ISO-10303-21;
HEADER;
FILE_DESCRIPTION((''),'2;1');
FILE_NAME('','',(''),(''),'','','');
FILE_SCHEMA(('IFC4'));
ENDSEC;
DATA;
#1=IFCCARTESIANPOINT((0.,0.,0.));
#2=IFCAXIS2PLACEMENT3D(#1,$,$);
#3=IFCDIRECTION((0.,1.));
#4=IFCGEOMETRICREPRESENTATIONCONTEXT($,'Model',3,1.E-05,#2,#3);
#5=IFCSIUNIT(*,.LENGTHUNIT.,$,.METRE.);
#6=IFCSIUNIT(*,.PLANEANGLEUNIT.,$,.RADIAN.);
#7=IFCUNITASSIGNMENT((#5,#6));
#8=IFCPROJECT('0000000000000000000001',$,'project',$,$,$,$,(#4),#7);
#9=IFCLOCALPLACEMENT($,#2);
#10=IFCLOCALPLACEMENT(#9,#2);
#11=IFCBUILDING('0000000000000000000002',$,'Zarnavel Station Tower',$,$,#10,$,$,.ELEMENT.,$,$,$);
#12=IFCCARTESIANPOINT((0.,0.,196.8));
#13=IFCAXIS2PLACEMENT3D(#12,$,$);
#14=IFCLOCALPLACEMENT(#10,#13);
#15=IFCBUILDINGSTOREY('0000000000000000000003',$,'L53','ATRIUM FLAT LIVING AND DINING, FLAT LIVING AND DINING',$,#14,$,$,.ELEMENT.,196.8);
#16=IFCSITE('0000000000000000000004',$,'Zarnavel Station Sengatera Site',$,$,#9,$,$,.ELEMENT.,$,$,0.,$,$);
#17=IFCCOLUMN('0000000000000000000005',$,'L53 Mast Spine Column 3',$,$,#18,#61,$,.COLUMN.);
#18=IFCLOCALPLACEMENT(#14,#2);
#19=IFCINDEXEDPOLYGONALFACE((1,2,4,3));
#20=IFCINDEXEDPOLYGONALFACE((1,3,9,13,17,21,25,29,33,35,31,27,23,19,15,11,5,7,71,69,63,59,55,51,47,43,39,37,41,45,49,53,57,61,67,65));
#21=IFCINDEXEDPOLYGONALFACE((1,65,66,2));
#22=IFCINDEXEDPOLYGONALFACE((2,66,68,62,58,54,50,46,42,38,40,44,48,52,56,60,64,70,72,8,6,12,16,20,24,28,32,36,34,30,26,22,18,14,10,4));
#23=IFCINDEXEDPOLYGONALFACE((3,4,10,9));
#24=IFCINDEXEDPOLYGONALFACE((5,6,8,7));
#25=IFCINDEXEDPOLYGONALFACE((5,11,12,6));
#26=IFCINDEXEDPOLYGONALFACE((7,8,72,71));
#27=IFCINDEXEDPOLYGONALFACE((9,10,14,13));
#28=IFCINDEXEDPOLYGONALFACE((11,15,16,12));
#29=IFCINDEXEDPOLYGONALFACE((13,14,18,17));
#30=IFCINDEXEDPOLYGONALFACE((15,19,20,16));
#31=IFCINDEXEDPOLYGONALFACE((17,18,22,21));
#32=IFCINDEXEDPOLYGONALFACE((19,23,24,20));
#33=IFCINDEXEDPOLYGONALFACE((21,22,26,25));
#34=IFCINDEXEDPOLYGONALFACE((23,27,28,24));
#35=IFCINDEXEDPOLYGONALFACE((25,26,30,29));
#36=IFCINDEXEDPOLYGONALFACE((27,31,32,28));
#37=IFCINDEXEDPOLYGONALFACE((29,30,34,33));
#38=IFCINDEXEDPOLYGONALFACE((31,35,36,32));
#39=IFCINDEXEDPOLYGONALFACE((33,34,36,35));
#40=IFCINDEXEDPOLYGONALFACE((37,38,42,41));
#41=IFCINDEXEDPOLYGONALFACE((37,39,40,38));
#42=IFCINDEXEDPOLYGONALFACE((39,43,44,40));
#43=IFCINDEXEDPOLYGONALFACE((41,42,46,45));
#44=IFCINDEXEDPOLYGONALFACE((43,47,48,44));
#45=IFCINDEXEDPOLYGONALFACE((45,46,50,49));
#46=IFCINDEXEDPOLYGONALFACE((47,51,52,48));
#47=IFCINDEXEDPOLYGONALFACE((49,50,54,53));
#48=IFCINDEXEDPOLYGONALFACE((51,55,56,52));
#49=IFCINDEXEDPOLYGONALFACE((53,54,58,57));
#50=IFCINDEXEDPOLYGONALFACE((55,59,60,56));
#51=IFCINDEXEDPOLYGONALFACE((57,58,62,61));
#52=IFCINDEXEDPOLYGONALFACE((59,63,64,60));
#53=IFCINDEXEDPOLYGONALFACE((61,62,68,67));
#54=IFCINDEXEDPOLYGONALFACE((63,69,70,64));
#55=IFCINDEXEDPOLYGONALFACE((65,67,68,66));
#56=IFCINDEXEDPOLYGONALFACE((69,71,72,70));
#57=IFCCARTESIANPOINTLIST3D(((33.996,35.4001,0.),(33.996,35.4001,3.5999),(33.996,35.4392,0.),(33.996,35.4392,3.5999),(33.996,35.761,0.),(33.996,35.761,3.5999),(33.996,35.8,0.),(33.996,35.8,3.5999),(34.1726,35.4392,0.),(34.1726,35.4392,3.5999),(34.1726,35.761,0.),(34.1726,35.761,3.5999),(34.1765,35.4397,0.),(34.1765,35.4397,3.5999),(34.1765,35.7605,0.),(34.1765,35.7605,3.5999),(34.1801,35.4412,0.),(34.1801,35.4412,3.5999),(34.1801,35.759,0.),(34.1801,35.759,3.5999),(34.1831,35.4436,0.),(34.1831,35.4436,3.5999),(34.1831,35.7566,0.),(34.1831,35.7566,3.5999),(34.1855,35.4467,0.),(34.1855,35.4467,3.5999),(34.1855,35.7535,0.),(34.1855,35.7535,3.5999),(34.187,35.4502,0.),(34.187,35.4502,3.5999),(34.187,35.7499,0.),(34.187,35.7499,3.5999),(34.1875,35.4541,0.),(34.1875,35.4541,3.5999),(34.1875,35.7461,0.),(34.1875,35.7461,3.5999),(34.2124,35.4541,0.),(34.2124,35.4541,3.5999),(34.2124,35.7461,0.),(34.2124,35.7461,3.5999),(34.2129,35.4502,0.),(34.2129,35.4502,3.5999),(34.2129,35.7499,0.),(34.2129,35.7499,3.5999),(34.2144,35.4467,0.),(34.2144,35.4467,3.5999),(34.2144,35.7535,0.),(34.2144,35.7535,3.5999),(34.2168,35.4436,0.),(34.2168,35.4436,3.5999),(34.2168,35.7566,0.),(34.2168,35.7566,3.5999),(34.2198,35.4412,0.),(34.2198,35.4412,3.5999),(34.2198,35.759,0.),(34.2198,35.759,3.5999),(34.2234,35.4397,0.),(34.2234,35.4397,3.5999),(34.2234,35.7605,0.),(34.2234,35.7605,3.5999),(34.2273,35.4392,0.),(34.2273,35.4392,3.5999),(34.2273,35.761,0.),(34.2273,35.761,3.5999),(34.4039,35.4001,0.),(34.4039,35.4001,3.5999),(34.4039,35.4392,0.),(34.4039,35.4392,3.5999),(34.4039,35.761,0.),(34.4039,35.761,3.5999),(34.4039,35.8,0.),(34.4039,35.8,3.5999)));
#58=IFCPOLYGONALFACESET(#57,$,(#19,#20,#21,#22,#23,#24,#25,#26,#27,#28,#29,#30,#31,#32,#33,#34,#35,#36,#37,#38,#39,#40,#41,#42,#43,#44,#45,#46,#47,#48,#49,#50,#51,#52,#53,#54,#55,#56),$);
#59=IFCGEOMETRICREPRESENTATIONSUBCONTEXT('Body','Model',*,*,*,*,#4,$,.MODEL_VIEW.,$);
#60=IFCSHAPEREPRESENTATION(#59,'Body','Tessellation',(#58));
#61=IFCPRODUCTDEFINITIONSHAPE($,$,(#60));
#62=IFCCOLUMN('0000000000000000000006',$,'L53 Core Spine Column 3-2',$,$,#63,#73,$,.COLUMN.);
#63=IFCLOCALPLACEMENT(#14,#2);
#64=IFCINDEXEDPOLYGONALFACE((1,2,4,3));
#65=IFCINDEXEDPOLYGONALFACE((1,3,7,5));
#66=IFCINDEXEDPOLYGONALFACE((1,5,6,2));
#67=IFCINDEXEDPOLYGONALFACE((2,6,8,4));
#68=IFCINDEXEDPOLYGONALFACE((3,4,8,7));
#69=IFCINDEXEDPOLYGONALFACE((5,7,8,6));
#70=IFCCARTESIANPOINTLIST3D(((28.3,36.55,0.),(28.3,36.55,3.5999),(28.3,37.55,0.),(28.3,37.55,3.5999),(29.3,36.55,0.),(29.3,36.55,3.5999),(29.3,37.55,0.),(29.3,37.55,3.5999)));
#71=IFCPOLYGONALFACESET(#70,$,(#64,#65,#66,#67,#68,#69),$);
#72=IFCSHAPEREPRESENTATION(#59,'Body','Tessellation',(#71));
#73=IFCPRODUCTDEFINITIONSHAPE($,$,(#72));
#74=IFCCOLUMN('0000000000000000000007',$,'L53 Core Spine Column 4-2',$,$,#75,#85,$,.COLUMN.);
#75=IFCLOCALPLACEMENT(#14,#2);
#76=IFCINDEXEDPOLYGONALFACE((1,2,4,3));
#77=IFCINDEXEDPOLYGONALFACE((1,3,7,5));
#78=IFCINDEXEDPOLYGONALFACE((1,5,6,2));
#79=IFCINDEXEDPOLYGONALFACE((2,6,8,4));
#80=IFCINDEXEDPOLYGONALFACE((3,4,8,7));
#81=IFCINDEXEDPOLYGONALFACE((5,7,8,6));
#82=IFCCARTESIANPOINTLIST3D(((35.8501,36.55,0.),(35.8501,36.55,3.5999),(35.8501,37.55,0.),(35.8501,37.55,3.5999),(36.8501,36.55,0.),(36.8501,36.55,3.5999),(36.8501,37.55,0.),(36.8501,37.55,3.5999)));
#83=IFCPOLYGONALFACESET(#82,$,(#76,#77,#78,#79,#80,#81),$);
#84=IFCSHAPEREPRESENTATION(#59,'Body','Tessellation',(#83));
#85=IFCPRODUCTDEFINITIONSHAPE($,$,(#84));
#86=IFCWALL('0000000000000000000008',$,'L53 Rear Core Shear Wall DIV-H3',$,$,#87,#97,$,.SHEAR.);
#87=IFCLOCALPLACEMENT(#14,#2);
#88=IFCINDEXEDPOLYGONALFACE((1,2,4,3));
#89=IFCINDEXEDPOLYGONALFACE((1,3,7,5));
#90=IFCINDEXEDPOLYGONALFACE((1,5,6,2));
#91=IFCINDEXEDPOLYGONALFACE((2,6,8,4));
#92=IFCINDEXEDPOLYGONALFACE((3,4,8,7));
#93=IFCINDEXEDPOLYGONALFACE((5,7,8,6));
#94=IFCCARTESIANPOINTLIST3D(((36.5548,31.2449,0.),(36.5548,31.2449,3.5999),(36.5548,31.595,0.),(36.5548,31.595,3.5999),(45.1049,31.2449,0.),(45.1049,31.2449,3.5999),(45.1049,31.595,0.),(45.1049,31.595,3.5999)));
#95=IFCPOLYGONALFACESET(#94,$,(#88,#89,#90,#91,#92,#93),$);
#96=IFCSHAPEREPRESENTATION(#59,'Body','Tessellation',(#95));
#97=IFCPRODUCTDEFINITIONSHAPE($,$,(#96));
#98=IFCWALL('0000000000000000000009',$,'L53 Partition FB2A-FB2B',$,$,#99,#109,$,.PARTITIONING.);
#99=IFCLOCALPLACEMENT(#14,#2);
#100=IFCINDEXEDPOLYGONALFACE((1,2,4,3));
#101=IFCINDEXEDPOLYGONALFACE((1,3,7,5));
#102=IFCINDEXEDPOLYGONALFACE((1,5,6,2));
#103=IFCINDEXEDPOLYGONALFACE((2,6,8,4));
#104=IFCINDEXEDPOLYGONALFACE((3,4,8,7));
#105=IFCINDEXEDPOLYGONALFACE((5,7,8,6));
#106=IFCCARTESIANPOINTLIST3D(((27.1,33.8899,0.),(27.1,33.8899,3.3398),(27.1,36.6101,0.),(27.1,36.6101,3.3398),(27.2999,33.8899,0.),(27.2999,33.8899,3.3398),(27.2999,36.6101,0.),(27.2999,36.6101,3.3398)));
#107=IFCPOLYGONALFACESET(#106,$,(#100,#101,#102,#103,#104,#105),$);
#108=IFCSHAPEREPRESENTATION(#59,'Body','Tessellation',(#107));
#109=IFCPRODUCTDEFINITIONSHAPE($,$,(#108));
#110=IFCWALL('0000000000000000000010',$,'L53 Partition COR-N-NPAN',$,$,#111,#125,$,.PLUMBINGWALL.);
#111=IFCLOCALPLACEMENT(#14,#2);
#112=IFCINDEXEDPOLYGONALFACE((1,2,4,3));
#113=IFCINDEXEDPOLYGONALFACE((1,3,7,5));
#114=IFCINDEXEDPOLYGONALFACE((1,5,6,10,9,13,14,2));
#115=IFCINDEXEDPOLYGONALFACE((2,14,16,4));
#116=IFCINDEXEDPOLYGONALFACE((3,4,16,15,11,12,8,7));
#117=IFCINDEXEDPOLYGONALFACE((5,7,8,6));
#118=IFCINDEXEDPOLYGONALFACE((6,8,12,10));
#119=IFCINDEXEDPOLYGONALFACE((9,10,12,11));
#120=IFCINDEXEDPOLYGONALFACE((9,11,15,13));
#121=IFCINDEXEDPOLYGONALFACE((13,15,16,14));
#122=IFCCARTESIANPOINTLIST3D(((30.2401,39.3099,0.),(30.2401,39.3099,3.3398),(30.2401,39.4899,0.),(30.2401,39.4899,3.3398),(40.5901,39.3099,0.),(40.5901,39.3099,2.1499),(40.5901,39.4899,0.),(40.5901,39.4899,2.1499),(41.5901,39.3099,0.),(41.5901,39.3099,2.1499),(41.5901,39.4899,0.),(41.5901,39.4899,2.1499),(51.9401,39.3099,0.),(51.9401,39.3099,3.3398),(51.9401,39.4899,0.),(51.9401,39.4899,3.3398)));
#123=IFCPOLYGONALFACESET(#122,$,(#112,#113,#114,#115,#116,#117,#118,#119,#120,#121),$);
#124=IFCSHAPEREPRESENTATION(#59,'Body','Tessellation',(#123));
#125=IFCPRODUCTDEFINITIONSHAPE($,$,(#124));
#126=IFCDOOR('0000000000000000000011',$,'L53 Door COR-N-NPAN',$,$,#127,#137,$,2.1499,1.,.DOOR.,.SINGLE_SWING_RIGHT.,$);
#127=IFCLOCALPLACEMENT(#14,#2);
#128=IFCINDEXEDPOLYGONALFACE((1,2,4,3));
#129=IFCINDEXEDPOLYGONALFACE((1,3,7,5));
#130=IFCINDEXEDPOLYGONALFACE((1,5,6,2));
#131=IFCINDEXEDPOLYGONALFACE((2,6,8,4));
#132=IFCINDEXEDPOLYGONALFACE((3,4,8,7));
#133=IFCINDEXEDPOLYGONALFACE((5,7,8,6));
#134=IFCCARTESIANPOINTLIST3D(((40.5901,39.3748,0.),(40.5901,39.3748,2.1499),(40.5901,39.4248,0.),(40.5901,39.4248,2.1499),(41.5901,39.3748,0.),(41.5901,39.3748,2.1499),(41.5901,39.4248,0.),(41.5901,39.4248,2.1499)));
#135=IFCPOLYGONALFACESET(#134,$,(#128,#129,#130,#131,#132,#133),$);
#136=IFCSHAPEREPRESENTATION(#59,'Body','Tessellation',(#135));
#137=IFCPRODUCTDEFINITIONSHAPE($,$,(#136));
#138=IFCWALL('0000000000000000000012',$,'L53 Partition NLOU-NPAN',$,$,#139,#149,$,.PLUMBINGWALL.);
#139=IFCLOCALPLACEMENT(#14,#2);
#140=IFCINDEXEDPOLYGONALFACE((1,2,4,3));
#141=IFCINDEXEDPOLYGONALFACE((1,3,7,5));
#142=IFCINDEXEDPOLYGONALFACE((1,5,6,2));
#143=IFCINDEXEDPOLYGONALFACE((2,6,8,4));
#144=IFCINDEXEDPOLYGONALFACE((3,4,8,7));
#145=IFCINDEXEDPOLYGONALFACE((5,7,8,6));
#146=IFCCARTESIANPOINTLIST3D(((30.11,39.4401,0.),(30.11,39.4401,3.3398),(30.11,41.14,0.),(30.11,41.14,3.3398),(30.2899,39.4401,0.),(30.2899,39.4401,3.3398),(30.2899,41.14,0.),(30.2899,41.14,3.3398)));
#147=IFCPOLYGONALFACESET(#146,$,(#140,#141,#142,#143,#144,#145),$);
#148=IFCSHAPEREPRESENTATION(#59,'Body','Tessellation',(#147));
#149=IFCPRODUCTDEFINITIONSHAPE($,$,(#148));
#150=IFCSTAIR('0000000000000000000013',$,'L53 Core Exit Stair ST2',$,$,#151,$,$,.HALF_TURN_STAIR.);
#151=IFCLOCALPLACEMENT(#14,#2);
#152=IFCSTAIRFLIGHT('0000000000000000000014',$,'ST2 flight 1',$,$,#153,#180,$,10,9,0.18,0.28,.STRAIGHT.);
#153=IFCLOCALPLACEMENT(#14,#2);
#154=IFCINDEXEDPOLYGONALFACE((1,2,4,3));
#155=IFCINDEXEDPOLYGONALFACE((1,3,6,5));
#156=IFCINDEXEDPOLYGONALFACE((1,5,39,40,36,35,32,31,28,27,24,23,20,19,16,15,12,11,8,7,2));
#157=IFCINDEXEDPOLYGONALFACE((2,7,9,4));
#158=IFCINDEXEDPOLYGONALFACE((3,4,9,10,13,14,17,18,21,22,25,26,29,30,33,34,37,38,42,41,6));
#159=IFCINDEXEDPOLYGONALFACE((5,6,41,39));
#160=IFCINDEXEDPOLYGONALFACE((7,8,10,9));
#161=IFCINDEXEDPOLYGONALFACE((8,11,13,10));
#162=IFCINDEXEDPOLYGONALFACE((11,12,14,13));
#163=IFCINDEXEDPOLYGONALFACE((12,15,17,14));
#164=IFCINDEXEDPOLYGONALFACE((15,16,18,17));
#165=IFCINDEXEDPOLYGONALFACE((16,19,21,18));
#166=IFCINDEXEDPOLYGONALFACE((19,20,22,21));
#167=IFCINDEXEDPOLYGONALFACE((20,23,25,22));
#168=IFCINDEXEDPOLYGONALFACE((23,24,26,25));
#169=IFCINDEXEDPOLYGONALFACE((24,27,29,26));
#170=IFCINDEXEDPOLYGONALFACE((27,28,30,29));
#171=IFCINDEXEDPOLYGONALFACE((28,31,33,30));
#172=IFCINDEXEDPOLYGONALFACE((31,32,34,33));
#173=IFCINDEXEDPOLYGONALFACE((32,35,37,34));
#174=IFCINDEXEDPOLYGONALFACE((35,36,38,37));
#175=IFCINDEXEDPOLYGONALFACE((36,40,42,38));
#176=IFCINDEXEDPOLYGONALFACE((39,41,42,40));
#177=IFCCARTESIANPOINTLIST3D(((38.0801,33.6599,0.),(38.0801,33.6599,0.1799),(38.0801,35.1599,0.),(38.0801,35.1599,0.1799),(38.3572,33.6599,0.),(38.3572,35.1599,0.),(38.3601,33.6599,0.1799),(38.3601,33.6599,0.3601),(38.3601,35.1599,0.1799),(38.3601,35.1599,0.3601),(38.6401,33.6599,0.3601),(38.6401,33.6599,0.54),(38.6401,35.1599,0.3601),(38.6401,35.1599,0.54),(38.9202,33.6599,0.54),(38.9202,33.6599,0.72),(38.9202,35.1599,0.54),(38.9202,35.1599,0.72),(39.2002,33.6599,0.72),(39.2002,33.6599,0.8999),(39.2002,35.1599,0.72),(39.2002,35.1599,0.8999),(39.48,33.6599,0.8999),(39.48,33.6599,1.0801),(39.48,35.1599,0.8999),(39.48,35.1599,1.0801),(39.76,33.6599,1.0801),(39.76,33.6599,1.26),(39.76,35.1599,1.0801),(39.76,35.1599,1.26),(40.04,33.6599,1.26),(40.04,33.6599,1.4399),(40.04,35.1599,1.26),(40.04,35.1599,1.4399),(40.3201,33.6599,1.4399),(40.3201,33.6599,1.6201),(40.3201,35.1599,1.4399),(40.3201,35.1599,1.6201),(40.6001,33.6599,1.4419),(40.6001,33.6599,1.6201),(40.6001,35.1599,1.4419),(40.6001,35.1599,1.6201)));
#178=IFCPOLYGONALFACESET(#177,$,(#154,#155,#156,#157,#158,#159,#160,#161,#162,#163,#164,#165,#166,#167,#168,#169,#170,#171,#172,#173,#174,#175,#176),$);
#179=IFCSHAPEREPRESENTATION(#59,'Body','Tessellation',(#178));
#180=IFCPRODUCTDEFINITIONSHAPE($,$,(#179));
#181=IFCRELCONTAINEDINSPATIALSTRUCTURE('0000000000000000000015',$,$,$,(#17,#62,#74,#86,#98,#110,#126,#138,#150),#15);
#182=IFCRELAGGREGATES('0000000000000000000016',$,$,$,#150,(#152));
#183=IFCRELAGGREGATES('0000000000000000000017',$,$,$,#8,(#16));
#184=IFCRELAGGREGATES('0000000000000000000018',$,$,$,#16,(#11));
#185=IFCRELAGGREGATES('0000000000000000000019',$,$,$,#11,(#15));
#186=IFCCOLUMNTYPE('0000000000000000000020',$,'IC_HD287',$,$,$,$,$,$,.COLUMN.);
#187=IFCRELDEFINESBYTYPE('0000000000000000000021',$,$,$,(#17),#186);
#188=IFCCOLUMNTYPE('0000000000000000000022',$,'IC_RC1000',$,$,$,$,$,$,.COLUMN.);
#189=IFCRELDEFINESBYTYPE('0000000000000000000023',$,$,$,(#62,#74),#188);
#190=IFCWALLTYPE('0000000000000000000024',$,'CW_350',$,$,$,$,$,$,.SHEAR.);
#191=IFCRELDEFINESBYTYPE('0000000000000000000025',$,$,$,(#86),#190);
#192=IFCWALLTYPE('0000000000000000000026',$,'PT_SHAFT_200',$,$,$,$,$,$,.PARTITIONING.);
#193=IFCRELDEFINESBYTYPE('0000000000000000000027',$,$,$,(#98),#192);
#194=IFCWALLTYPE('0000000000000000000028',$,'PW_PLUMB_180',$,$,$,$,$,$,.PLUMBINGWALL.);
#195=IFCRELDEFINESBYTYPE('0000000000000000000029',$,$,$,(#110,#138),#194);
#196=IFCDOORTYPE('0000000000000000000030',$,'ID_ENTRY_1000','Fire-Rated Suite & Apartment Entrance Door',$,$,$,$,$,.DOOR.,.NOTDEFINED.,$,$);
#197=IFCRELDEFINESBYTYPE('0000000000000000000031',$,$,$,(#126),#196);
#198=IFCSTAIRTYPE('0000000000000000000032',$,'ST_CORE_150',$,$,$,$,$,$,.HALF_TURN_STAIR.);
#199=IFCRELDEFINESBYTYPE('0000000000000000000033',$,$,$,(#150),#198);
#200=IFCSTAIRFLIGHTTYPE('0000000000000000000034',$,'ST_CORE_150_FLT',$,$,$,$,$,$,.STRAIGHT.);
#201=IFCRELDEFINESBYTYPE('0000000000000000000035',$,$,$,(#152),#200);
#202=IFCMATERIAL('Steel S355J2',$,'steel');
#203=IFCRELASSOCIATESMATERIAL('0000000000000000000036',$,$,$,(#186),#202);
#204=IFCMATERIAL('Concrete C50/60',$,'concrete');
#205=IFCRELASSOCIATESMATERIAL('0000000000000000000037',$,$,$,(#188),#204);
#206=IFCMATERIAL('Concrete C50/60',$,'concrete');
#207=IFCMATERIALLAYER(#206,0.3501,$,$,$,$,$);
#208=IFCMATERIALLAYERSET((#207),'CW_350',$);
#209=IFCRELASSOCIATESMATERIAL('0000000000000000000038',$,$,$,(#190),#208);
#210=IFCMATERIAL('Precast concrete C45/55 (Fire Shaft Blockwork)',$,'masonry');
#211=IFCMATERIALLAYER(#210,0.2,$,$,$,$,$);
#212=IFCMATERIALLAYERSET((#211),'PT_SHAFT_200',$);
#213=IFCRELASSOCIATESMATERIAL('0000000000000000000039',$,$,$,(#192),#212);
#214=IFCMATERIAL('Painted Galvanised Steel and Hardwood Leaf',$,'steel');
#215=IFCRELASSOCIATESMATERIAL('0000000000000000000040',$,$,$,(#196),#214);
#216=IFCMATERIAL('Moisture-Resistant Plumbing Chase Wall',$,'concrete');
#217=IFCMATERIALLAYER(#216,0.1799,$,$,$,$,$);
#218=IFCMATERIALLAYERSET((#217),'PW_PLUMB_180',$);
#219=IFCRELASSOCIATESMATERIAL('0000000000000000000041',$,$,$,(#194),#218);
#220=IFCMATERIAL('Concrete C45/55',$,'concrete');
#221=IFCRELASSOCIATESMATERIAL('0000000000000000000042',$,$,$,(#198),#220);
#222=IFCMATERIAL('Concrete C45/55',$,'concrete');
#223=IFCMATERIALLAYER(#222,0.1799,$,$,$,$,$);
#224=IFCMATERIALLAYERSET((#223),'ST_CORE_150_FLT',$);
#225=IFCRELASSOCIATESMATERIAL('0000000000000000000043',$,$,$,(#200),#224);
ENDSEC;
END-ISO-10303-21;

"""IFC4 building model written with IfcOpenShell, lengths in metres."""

from ifc_helpers import new_model, si_unit, direction, frame, frame_2d, origin, origin_2d, place, context, subcontext, project, spatial, polyline, rectangle, i_section, outline, extrude, material, layer, layer_set, material_profile, profile_set, type_object, element, fill, aggregate, save


model = new_model("IFC4")

# Units and contexts
model_context = context("Model", 3, precision=1e-05, world=origin(), true_north=direction((0.0, 1.0)))
body_context = subcontext(model_context, "Body", "Model", "MODEL_VIEW")
ifc_project = project(units=[si_unit("LENGTHUNIT", "METRE"), si_unit("PLANEANGLEUNIT", "RADIAN")], contexts=[model_context])

# Site, building, storey
site_placement = place(None, origin())
site = spatial("IfcSite", under=ifc_project, at=site_placement, Name="Zarnavel Station Sengatera Site", CompositionType="ELEMENT", RefElevation=0.0)
building_placement = place(site_placement, origin())
building = spatial("IfcBuilding", under=site, at=building_placement, Name="Zarnavel Station Tower", CompositionType="ELEMENT")
storey_placement = place(building_placement, frame((0.0, 0.0, 196.8)))
storey = spatial("IfcBuildingStorey", under=building, at=storey_placement, Name="L53", Description="ATRIUM FLAT LIVING AND DINING, FLAT LIVING AND DINING", CompositionType="ELEMENT", Elevation=196.8)

# Columns
ifc_material_1 = material(Name="Steel S355J2", Category="steel")
ifc_material_profile_1 = material_profile(ifc_material_1, i_section(OverallWidth=0.408, OverallDepth=0.3999, WebThickness=0.0249, FlangeThickness=0.0391, FilletRadius=0.0149, at=origin_2d()), Name="HD400x287")
ifc_profile_set_1 = profile_set([ifc_material_profile_1], Name="Steel S355J2")
column_type_1 = type_object("IfcColumnType", Name="IC_HD287", PredefinedType="COLUMN", material=ifc_profile_set_1)
column_placement = place(storey_placement, frame((34.2, 35.6001, 0.0), z_axis=(0.0, 0.0, 1.0), x_axis=(1.0, 0.0, 0.0)))
element("IfcColumn", 1, at=column_placement, inside=storey, type_object=column_type_1, Name="L53 Mast Spine Column 3", PredefinedType="COLUMN", context=body_context, shape_type="SweptSolid", body=[
    extrude(i_section(OverallWidth=0.408, OverallDepth=0.3999, WebThickness=0.0249, FlangeThickness=0.0391, FilletRadius=0.0149, at=origin_2d()), origin(), (0.0, 0.0, 1.0), 3.5999),
])
ifc_material_2 = material(Name="Concrete C50/60", Category="concrete")
ifc_material_profile_2 = material_profile(ifc_material_2, rectangle(XDim=1.0, YDim=1.0, at=origin_2d()), Name="RC1000x1000")
ifc_profile_set_2 = profile_set([ifc_material_profile_2], Name="Concrete C50/60")
column_type_2 = type_object("IfcColumnType", Name="IC_RC1000", PredefinedType="COLUMN", material=ifc_profile_set_2)
for number, where, z_axis, x_axis, name in (
    (2, (28.8, 37.05, 0.0), (0.0, 0.0, 1.0), (1.0, 0.0, 0.0), "L53 Core Spine Column 3-2"),
    (3, (36.3501, 37.05, 0.0), (0.0, 0.0, 1.0), (1.0, 0.0, 0.0), "L53 Core Spine Column 4-2"),
):
    element("IfcColumn", number, at=place(storey_placement, frame(where, z_axis=z_axis, x_axis=x_axis)), inside=storey, type_object=column_type_2, Name=name, PredefinedType="COLUMN", context=body_context, shape_type="SweptSolid", body=[
        extrude(rectangle(XDim=1.0, YDim=1.0, at=origin_2d()), origin(), (0.0, 0.0, 1.0), 3.5999),
    ])

# Wall
ifc_material_3 = material(Name="Concrete C50/60", Category="concrete")
ifc_layer_1 = layer(ifc_material_3, 0.3501)
ifc_layer_set_1 = layer_set([ifc_layer_1], Name="CW_350")
wall_type_1 = type_object("IfcWallType", Name="CW_350", PredefinedType="SHEAR", material=ifc_layer_set_1)
wall_1_placement = place(storey_placement, frame((36.5549, 31.4199, 0.0), z_axis=(0.0, 0.0, 1.0), x_axis=(1.0, 0.0, 0.0)))
element("IfcWall", 4, at=wall_1_placement, inside=storey, type_object=wall_type_1, Name="L53 Rear Core Shear Wall DIV-H3", PredefinedType="SHEAR", context=body_context, shape_type="SweptSolid", body=[
    extrude(rectangle(XDim=8.55, YDim=0.3501, at=frame_2d((4.2749, 0.0))), origin(), (0.0, 0.0, 1.0), 3.5999),
])

# Shared definitions
ifc_material_4 = material(Name="Precast concrete C45/55 (Fire Shaft Blockwork)", Category="masonry")
ifc_layer_2 = layer(ifc_material_4, 0.2)
ifc_layer_set_2 = layer_set([ifc_layer_2], Name="PT_SHAFT_200")
wall_type_2 = type_object("IfcWallType", Name="PT_SHAFT_200", PredefinedType="PARTITIONING", material=ifc_layer_set_2)
ifc_material_5 = material(Name="Painted Galvanised Steel and Hardwood Leaf", Category="steel")
door_type_1 = type_object("IfcDoorType", Name="ID_ENTRY_1000", Description="Fire-Rated Suite & Apartment Entrance Door", OperationType="NOTDEFINED", PredefinedType="DOOR", material=ifc_material_5)

# Wall
wall_2_placement = place(storey_placement, frame((27.2, 33.8899, 0.0), z_axis=(0.0, 0.0, 1.0), x_axis=(0.0, 1.0, 0.0)))
element("IfcWall", 5, at=wall_2_placement, inside=storey, type_object=wall_type_2, Name="L53 Partition FB2A-FB2B", PredefinedType="PARTITIONING", context=body_context, shape_type="SweptSolid", body=[
    extrude(rectangle(XDim=2.7202, YDim=0.2, at=frame_2d((1.3601, 0.0))), origin(), (0.0, 0.0, 1.0), 3.3398),
])

# Wall, opening, door
ifc_material_6 = material(Name="Moisture-Resistant Plumbing Chase Wall", Category="concrete")
ifc_layer_3 = layer(ifc_material_6, 0.1799)
ifc_layer_set_3 = layer_set([ifc_layer_3], Name="PW_PLUMB_180")
wall_type_3 = type_object("IfcWallType", Name="PW_PLUMB_180", PredefinedType="PLUMBINGWALL", material=ifc_layer_set_3)
wall_3_placement = place(storey_placement, frame((30.24, 39.3999, 0.0), z_axis=(0.0, 0.0, 1.0), x_axis=(1.0, 0.0, 0.0)))
wall_3 = element("IfcWall", 6, at=wall_3_placement, inside=storey, type_object=wall_type_3, Name="L53 Partition COR-N-NPAN", PredefinedType="PLUMBINGWALL", context=body_context, shape_type="SweptSolid", body=[
    extrude(rectangle(XDim=21.7, YDim=0.1799, at=frame_2d((10.8501, 0.0))), origin(), (0.0, 0.0, 1.0), 3.3398),
])
opening_1_placement = place(wall_3_placement, frame((10.3501, 0.0, 0.0)))
opening_1 = element("IfcOpeningElement", 7, at=opening_1_placement, cuts=wall_3, PredefinedType="OPENING", context=body_context, shape_type="SweptSolid", body=[
    extrude(rectangle(XDim=1.0, YDim=2.1499, at=frame_2d((0.5, 1.075))), frame((0.0, 0.0999, 0.0), z_axis=(0.0, -1.0, 0.0), x_axis=(1.0, 0.0, 0.0)), (0.0, 0.0, 1.0), 0.2),
])
door_1_placement = place(opening_1_placement, origin())
door_1 = element("IfcDoor", 8, at=door_1_placement, inside=storey, type_object=door_type_1, Name="L53 Door COR-N-NPAN", OperationType="SINGLE_SWING_RIGHT", OverallHeight=2.1499, OverallWidth=1.0, PredefinedType="DOOR", context=body_context, shape_type="SweptSolid", body=[
    extrude(rectangle(XDim=1.0, YDim=2.1499, at=frame_2d((0.5, 1.075))), frame((0.0, 0.0249, 0.0), z_axis=(0.0, -1.0, 0.0), x_axis=(1.0, 0.0, 0.0)), (0.0, 0.0, 1.0), 0.05),
])
fill(opening_1, door_1)

# Wall
wall_4_placement = place(storey_placement, frame((30.2, 39.4399, 0.0), z_axis=(0.0, 0.0, 1.0), x_axis=(0.0, 1.0, 0.0)))
element("IfcWall", 9, at=wall_4_placement, inside=storey, type_object=wall_type_3, Name="L53 Partition NLOU-NPAN", PredefinedType="PLUMBINGWALL", context=body_context, shape_type="SweptSolid", body=[
    extrude(rectangle(XDim=1.7, YDim=0.1799, at=frame_2d((0.8501, 0.0))), origin(), (0.0, 0.0, 1.0), 3.3398),
])

# Stair, stair flight
ifc_material_7 = material(Name="Concrete C45/55", Category="concrete")
stair_type = type_object("IfcStairType", Name="ST_CORE_150", PredefinedType="HALF_TURN_STAIR", material=ifc_material_7)
stair_placement = place(storey_placement, origin())
stair = element("IfcStair", 10, at=stair_placement, inside=storey, type_object=stair_type, Name="L53 Core Exit Stair ST2", PredefinedType="HALF_TURN_STAIR")
ifc_material_8 = material(Name="Concrete C45/55", Category="concrete")
ifc_layer_4 = layer(ifc_material_8, 0.1799)
ifc_layer_set_4 = layer_set([ifc_layer_4], Name="ST_CORE_150_FLT")
stair_flight_type = type_object("IfcStairFlightType", Name="ST_CORE_150_FLT", PredefinedType="STRAIGHT", material=ifc_layer_set_4)
stair_flight_1_placement = place(storey_placement, frame((38.0801, 34.4099, 0.0), z_axis=(0.0, 0.0, 1.0), x_axis=(1.0, 0.0, 0.0)))
stair_flight_1 = element("IfcStairFlight", 11, at=stair_flight_1_placement, type_object=stair_flight_type, Name="ST2 flight 1", NumberOfRisers=10, NumberOfTreads=9, PredefinedType="STRAIGHT", RiserHeight=0.18, TreadLength=0.28, context=body_context, shape_type="SweptSolid", body=[
    extrude(outline(polyline([(0.0, 0.0), (0.0, 0.1799), (0.28, 0.1799), (0.28, 0.3601), (0.5601, 0.3601), (0.5601, 0.54), (0.8401, 0.54), (0.8401, 0.72), (1.1201, 0.72), (1.1201, 0.8999), (1.3999, 0.8999), (1.3999, 1.0801), (1.6799, 1.0801), (1.6799, 1.26), (1.96, 1.26), (1.96, 1.4399), (2.24, 1.4399), (2.24, 1.6201), (2.52, 1.6201), (2.52, 1.8), (2.52, 1.4419), (0.2771, 0.0), (0.0, 0.0)])), frame((0.0, 0.75, 0.0), z_axis=(0.0, -1.0, 0.0), x_axis=(1.0, 0.0, 0.0)), (0.0, 0.0, 1.0), 1.5),
])
aggregate(stair, [stair_flight_1])

save(model, "model.ifc")
